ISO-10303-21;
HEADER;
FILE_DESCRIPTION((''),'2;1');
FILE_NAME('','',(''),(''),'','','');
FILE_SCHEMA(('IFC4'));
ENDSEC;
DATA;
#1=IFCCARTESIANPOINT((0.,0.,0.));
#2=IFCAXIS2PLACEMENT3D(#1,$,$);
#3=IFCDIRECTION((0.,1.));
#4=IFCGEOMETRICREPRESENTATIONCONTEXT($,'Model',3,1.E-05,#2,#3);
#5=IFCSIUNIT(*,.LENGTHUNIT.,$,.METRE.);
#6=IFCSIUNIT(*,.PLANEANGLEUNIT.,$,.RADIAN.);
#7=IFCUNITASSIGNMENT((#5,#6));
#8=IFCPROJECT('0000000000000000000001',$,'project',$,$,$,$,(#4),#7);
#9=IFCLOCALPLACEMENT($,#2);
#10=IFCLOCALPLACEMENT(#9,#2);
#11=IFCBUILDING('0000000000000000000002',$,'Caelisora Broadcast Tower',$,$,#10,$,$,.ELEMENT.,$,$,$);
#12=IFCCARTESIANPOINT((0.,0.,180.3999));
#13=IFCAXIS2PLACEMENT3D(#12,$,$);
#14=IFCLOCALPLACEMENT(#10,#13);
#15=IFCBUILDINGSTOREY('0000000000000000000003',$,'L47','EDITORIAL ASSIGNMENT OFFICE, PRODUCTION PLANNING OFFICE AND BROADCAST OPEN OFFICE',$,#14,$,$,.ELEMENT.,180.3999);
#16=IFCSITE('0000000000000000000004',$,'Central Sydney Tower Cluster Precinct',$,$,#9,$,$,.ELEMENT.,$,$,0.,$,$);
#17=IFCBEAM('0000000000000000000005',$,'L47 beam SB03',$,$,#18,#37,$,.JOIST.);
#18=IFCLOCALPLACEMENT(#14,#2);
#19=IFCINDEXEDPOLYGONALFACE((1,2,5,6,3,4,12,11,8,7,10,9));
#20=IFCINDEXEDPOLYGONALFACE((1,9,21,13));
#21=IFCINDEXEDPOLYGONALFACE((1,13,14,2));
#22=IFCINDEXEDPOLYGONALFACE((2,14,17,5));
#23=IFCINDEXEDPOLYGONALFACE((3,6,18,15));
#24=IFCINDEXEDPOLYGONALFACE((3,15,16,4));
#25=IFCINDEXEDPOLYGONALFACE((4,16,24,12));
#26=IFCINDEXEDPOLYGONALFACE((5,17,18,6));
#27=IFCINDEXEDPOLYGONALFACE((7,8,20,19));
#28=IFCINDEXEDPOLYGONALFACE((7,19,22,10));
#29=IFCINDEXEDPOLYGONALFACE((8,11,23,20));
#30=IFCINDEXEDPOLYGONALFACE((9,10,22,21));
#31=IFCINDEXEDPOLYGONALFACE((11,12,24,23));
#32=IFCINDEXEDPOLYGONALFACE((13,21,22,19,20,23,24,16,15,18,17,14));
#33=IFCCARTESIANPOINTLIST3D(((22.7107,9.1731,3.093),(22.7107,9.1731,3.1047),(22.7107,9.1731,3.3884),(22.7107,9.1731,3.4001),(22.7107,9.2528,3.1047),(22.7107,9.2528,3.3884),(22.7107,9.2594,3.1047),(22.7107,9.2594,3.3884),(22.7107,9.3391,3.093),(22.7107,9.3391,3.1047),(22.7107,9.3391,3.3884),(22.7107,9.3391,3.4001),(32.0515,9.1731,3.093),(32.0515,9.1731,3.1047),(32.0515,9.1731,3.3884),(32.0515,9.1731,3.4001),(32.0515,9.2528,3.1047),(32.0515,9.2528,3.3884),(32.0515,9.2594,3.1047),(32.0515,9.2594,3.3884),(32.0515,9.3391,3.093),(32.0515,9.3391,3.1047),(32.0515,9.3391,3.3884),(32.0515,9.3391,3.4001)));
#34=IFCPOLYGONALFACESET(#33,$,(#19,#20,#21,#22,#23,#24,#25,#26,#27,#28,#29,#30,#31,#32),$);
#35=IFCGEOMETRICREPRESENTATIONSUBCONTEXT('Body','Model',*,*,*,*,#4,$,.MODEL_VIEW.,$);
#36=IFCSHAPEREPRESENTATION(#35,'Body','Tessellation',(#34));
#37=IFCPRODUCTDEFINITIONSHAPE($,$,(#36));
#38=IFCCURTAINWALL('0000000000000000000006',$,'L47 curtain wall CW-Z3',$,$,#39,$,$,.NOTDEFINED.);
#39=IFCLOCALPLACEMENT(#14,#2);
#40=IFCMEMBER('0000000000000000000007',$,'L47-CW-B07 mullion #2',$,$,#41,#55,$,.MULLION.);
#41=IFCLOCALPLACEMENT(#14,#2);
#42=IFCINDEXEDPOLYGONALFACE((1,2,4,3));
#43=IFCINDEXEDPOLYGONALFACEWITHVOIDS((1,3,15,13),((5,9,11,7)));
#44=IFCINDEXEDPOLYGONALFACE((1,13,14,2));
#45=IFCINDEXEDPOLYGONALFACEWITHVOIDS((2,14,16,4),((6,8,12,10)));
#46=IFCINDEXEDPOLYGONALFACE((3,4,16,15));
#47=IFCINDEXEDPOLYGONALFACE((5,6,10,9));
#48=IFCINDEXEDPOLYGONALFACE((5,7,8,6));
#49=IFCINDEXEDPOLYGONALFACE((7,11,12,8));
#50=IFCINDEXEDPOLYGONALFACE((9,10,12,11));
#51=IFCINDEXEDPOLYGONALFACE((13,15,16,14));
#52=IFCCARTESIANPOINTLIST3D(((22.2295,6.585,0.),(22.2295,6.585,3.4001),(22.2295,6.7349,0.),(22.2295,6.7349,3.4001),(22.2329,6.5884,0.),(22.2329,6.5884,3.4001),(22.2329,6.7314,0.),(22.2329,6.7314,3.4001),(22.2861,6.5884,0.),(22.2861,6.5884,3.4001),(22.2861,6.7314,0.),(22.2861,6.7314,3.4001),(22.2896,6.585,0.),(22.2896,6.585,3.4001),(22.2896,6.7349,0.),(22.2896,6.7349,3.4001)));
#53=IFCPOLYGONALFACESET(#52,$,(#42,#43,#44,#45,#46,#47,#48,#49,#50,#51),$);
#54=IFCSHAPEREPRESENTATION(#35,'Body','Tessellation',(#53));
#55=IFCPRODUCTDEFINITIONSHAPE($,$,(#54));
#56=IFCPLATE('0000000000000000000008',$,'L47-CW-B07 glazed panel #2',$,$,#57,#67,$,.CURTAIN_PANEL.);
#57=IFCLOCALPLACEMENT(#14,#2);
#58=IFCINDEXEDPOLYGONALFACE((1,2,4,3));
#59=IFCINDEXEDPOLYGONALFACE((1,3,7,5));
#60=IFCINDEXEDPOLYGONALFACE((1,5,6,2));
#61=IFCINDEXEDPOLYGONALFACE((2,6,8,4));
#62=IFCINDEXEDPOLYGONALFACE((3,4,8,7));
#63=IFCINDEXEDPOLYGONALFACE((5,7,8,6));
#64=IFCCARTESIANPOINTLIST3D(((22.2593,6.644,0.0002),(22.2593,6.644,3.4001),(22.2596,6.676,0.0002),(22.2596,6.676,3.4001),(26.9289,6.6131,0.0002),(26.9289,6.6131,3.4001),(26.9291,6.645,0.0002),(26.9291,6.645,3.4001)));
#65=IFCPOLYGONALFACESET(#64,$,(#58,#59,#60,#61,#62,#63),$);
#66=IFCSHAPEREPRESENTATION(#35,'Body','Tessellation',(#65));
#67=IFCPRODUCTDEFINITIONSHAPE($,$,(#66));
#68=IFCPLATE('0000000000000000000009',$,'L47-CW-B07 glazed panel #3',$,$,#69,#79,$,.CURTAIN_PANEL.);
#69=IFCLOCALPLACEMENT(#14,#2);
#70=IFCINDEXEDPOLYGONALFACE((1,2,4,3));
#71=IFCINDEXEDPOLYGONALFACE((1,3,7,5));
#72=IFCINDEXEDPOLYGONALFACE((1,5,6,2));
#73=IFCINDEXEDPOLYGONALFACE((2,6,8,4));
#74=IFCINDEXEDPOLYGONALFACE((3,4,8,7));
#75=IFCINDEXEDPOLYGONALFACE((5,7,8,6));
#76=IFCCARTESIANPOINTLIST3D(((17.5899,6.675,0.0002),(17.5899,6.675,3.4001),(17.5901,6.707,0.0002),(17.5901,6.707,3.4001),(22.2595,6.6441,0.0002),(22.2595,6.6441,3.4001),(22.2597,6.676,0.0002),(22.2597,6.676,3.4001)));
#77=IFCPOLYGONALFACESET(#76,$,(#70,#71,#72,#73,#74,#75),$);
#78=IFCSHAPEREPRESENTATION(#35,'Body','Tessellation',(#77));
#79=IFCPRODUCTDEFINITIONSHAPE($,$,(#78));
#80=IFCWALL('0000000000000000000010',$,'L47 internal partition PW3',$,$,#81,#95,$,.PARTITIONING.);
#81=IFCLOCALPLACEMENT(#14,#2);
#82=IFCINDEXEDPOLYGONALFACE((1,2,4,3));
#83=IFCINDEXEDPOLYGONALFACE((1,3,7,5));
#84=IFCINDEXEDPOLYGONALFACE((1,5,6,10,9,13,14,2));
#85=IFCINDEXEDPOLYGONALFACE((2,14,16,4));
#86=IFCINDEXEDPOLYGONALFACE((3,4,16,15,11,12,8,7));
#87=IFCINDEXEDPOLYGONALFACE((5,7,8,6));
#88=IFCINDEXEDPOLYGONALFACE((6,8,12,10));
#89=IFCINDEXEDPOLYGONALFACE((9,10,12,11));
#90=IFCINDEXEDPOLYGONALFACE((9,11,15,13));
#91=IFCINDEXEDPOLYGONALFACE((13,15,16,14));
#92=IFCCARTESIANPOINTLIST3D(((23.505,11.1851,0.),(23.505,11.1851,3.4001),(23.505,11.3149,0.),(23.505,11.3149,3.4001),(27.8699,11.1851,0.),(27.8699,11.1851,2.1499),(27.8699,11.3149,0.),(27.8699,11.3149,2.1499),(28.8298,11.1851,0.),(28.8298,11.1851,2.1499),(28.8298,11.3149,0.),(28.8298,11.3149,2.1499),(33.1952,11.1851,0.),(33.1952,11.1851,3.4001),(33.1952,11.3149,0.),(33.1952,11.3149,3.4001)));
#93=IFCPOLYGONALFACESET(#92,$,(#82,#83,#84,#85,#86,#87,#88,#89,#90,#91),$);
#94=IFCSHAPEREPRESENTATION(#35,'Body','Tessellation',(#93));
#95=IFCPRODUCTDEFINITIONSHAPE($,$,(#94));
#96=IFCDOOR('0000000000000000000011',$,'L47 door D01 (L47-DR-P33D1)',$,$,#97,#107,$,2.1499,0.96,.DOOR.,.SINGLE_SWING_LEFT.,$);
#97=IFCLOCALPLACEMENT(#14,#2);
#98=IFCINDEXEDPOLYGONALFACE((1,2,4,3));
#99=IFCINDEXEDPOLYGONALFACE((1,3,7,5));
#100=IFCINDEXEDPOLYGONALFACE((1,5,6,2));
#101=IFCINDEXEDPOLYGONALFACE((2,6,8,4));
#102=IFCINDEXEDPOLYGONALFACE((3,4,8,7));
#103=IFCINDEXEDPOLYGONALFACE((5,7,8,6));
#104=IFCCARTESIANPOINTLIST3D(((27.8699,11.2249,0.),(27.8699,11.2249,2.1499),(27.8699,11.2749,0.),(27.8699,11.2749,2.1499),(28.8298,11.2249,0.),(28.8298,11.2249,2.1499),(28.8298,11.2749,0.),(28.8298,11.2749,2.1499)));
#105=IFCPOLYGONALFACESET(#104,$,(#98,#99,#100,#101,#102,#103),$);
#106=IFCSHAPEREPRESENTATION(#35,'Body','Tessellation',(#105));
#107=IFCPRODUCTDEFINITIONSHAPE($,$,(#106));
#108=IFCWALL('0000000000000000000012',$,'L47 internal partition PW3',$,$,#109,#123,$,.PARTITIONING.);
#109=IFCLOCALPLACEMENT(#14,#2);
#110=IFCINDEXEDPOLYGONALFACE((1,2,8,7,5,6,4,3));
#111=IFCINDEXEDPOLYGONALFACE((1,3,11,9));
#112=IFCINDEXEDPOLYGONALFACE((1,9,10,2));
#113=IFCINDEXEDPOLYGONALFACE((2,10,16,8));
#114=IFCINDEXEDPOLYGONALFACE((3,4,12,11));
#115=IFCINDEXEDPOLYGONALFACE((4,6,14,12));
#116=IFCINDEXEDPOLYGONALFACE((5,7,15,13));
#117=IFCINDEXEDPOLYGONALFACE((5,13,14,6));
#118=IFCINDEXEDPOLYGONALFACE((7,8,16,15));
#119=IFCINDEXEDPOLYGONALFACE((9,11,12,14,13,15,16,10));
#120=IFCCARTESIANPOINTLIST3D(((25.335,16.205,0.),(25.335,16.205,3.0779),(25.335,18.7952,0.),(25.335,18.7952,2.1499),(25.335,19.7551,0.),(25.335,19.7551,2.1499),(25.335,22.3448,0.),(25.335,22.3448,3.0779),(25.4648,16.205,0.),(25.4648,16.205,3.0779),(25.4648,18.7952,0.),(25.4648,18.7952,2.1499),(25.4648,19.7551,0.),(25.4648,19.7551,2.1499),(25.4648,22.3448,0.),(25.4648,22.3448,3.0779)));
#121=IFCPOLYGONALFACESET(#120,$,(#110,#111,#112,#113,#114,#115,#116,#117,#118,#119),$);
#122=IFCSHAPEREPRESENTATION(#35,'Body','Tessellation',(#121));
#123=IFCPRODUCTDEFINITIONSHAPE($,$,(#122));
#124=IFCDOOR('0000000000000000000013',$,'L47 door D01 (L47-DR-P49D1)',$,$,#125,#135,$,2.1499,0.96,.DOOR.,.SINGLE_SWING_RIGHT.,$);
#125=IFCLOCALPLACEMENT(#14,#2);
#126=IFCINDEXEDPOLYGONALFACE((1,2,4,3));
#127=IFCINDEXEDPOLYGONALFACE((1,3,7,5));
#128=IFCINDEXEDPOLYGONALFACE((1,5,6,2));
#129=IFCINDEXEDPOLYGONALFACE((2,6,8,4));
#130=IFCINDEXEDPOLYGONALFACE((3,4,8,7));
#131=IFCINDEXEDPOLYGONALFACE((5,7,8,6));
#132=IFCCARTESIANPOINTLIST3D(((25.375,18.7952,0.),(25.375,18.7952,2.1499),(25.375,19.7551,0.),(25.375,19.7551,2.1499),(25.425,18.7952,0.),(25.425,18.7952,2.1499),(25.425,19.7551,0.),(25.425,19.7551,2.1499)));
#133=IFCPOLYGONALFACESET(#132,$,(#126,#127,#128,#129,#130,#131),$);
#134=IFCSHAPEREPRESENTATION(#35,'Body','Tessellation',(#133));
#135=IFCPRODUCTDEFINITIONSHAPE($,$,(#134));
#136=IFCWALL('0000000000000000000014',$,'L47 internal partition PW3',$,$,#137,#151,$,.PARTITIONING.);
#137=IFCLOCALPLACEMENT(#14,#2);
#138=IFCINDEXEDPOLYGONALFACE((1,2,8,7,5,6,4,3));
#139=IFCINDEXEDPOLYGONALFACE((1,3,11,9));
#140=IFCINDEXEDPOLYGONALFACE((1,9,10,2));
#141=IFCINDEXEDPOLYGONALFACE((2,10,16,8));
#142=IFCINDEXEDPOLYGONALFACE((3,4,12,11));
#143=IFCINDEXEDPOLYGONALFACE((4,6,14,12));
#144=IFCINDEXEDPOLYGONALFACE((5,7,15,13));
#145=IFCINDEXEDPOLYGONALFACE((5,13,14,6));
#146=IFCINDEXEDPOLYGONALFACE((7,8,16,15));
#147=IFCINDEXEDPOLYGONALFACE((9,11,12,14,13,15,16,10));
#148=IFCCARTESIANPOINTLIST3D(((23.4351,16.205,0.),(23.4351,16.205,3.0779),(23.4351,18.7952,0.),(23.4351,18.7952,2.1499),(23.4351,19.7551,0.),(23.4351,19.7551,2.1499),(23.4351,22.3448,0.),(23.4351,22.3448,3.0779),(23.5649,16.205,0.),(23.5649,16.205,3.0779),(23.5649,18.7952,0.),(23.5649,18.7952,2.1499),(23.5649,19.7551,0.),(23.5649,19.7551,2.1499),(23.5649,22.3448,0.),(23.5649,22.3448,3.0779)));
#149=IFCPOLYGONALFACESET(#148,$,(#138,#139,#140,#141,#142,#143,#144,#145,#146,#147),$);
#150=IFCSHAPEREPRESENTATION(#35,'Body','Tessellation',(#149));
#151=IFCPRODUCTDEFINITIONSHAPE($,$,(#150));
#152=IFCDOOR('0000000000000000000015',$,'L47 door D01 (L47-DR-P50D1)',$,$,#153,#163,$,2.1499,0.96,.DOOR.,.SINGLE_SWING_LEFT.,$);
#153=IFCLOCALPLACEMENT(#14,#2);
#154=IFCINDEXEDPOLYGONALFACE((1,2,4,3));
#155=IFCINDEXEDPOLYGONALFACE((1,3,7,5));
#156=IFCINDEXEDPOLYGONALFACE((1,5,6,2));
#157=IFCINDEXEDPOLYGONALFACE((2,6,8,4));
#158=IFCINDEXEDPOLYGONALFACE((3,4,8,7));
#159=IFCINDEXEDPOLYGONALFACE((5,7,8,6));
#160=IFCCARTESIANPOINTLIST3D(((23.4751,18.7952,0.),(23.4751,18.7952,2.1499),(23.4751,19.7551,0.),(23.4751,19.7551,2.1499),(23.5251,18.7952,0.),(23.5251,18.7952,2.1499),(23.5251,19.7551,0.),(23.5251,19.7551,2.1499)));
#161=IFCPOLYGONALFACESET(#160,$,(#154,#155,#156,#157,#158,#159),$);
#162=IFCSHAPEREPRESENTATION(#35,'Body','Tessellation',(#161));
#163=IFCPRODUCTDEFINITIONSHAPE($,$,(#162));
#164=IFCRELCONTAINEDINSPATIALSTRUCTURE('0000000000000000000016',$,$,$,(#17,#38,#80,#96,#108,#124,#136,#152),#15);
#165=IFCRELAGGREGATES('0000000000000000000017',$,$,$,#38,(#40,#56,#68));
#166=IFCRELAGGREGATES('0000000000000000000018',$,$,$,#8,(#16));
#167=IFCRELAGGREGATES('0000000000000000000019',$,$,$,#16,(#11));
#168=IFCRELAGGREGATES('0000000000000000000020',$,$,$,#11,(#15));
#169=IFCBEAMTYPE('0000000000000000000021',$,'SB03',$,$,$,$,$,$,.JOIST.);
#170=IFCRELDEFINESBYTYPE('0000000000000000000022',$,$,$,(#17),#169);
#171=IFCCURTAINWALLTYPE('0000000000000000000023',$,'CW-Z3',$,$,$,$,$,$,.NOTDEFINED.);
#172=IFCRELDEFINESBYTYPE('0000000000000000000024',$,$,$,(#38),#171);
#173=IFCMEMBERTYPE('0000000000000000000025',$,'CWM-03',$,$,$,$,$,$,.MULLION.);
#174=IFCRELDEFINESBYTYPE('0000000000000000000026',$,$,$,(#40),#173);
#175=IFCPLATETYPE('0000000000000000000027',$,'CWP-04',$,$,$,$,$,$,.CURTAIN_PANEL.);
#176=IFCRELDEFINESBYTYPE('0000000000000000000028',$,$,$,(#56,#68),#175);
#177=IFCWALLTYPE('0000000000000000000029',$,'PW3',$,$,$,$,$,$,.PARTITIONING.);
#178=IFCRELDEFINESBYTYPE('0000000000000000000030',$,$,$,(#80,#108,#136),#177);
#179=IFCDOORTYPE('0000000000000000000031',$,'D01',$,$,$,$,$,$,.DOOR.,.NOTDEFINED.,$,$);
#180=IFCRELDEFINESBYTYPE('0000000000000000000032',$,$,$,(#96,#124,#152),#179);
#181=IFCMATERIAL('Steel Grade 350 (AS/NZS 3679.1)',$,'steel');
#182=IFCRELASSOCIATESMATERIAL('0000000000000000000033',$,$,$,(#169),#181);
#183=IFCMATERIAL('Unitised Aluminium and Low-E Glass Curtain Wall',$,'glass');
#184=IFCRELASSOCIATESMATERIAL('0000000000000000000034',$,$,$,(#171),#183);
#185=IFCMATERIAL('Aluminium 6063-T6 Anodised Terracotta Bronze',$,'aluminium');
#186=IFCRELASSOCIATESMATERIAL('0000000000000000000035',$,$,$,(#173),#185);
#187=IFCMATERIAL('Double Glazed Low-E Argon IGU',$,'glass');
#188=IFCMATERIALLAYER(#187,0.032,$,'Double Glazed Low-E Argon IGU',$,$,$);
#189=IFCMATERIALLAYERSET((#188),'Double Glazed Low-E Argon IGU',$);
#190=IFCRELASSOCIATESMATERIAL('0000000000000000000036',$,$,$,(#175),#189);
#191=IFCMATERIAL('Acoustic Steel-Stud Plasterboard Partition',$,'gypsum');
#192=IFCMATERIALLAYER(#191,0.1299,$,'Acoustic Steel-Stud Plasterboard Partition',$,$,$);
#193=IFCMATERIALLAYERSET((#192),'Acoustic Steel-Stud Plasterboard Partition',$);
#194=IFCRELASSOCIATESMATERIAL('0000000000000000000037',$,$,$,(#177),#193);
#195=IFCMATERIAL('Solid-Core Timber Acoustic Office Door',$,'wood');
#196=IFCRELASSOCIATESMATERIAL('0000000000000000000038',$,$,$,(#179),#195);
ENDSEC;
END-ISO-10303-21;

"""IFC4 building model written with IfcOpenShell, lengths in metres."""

from ifc_helpers import new_model, si_unit, direction, frame, frame_2d, origin, origin_2d, place, context, subcontext, project, spatial, rectangle, hollow_rectangle, i_section, extrude, source, transform, mapped, material, layer, layer_set, material_profile, profile_set, type_object, type_shapes, element, fill, aggregate, save


model = new_model("IFC4")

# Units and contexts
model_context = context("Model", 3, precision=1e-05, world=origin(), true_north=direction((0.0, 1.0)))
body_context = subcontext(model_context, "Body", "Model", "MODEL_VIEW")
ifc_project = project(units=[si_unit("LENGTHUNIT", "METRE"), si_unit("PLANEANGLEUNIT", "RADIAN")], contexts=[model_context])

# Site, building, storey
site_placement = place(None, origin())
site = spatial("IfcSite", under=ifc_project, at=site_placement, Name="Central Sydney Tower Cluster Precinct", CompositionType="ELEMENT", RefElevation=0.0)
building_placement = place(site_placement, origin())
building = spatial("IfcBuilding", under=site, at=building_placement, Name="Caelisora Broadcast Tower", CompositionType="ELEMENT")
storey_placement = place(building_placement, frame((0.0, 0.0, 180.3999)))
storey = spatial("IfcBuildingStorey", under=building, at=storey_placement, Name="L47", Description="EDITORIAL ASSIGNMENT OFFICE, PRODUCTION PLANNING OFFICE AND BROADCAST OPEN OFFICE", CompositionType="ELEMENT", Elevation=180.3999)

# Beam
ifc_material_1 = material(Name="Steel Grade 350 (AS/NZS 3679.1)", Category="steel")
ifc_material_profile_1 = material_profile(ifc_material_1, i_section(OverallWidth=0.166, OverallDepth=0.3071, WebThickness=0.0066, FlangeThickness=0.0117, at=origin_2d()), Name="Steel Grade 350 (AS/NZS 3679.1)")
ifc_profile_set_1 = profile_set([ifc_material_profile_1], Name="Steel Grade 350 (AS/NZS 3679.1)")
beam_type_1 = type_object("IfcBeamType", Name="SB03", PredefinedType="JOIST", material=ifc_profile_set_1)
shared_shape_1 = source(origin(), body_context, "Body", "SweptSolid", [
    extrude(i_section(OverallWidth=0.166, OverallDepth=0.3071, WebThickness=0.0066, FlangeThickness=0.0117, at=origin_2d()), origin(), (0.0, 0.0, 1.0), 9.3408),
])
beam_1_placement = place(storey_placement, frame((22.7107, 9.2561, 3.2466), z_axis=(1.0, 0.0, 0.0), x_axis=(0.0, 1.0, 0.0)))
element("IfcBeam", 1, at=beam_1_placement, inside=storey, type_object=beam_type_1, Name="L47 beam SB03", PredefinedType="JOIST", context=body_context, shape_type="MappedRepresentation", body=[
    mapped(shared_shape_1, transform((0.0, 0.0, 0.0), scale=1.0)),
])

# Curtain wall, member, plates
ifc_material_2 = material(Name="Unitised Aluminium and Low-E Glass Curtain Wall", Category="glass")
curtain_wall_type = type_object("IfcCurtainWallType", Name="CW-Z3", PredefinedType="NOTDEFINED", material=ifc_material_2)
curtain_wall_placement = place(storey_placement, origin())
curtain_wall = element("IfcCurtainWall", 2, at=curtain_wall_placement, inside=storey, type_object=curtain_wall_type, Name="L47 curtain wall CW-Z3", PredefinedType="NOTDEFINED")
ifc_material_3 = material(Name="Aluminium 6063-T6 Anodised Terracotta Bronze", Category="aluminium")
ifc_material_profile_2 = material_profile(ifc_material_3, hollow_rectangle(XDim=0.0601, YDim=0.1499, WallThickness=0.0034, at=origin_2d()), Name="Aluminium 6063-T6 Anodised Terracotta Bronze")
ifc_profile_set_2 = profile_set([ifc_material_profile_2], Name="Aluminium 6063-T6 Anodised Terracotta Bronze")
member_type = type_object("IfcMemberType", Name="CWM-03", PredefinedType="MULLION", material=ifc_profile_set_2)
shared_shape_2 = source(origin(), body_context, "Body", "SweptSolid", [
    extrude(hollow_rectangle(XDim=0.0601, YDim=0.1499, WallThickness=0.0034, at=origin_2d()), origin(), (0.0, 0.0, 1.0), 3.4001),
])
type_shapes(member_type, [shared_shape_2])
member_placement = place(storey_placement, frame((22.2595, 6.6599, 0.0), z_axis=(0.0, 0.0, 1.0), x_axis=(1.0, 0.0, 0.0)))
member = element("IfcMember", 3, at=member_placement, type_object=member_type, Name="L47-CW-B07 mullion #2", PredefinedType="MULLION", context=body_context, shape_type="MappedRepresentation", body=[
    mapped(shared_shape_2, transform((0.0, 0.0, 0.0), scale=1.0)),
])
ifc_material_4 = material(Name="Double Glazed Low-E Argon IGU", Category="glass")
ifc_layer_1 = layer(ifc_material_4, 0.032, Name="Double Glazed Low-E Argon IGU")
ifc_layer_set_1 = layer_set([ifc_layer_1], Name="Double Glazed Low-E Argon IGU")
plate_type = type_object("IfcPlateType", Name="CWP-04", PredefinedType="CURTAIN_PANEL", material=ifc_layer_set_1)
shared_shape_3 = source(origin(), body_context, "Body", "SweptSolid", [
    extrude(rectangle(XDim=4.6697, YDim=0.032, at=origin_2d()), origin(), (0.0, 0.0, 1.0), 3.3999),
])
type_shapes(plate_type, [shared_shape_3])
plate_1_placement = place(storey_placement, frame((24.5942, 6.6445, 0.0002), z_axis=(0.0, 0.0, 1.0), x_axis=(-0.999978, 0.006632, 0.0)))
plate_1 = element("IfcPlate", 4, at=plate_1_placement, type_object=plate_type, Name="L47-CW-B07 glazed panel #2", PredefinedType="CURTAIN_PANEL", context=body_context, shape_type="MappedRepresentation", body=[
    mapped(shared_shape_3, transform((0.0, 0.0, 0.0), scale=1.0)),
])
plate_2_placement = place(storey_placement, frame((19.9248, 6.6755, 0.0002), z_axis=(0.0, 0.0, 1.0), x_axis=(-0.999978, 0.006632, 0.0)))
plate_2 = element("IfcPlate", 5, at=plate_2_placement, type_object=plate_type, Name="L47-CW-B07 glazed panel #3", PredefinedType="CURTAIN_PANEL", context=body_context, shape_type="MappedRepresentation", body=[
    mapped(shared_shape_3, transform((0.0, 0.0, 0.0), scale=1.0)),
])
aggregate(curtain_wall, [member, plate_1, plate_2])

# Walls, openings, doors
ifc_material_5 = material(Name="Acoustic Steel-Stud Plasterboard Partition", Category="gypsum")
ifc_layer_2 = layer(ifc_material_5, 0.1299, Name="Acoustic Steel-Stud Plasterboard Partition")
ifc_layer_set_2 = layer_set([ifc_layer_2], Name="Acoustic Steel-Stud Plasterboard Partition")
wall_type = type_object("IfcWallType", Name="PW3", PredefinedType="PARTITIONING", material=ifc_layer_set_2)
wall_1_placement = place(storey_placement, frame((23.5049, 11.25, 0.0), z_axis=(0.0, 0.0, 1.0), x_axis=(1.0, 0.0, 0.0)))
wall_1 = element("IfcWall", 6, at=wall_1_placement, inside=storey, type_object=wall_type, Name="L47 internal partition PW3", PredefinedType="PARTITIONING", context=body_context, shape_type="SweptSolid", body=[
    extrude(rectangle(XDim=9.6902, YDim=0.1299, at=frame_2d((4.8452, 0.0))), origin(), (0.0, 0.0, 1.0), 3.4001),
])
opening_1_placement = place(wall_1_placement, frame((4.365, 0.0, 0.0)))
opening_1 = element("IfcOpeningElement", 7, at=opening_1_placement, cuts=wall_1, PredefinedType="OPENING", context=body_context, shape_type="SweptSolid", body=[
    extrude(rectangle(XDim=0.96, YDim=2.1499, at=frame_2d((0.48, 1.075))), frame((0.0, 0.0769, 0.0), z_axis=(0.0, -1.0, 0.0), x_axis=(1.0, 0.0, 0.0)), (0.0, 0.0, 1.0), 0.1538),
])
ifc_material_6 = material(Name="Solid-Core Timber Acoustic Office Door", Category="wood")
door_type = type_object("IfcDoorType", Name="D01", OperationType="NOTDEFINED", PredefinedType="DOOR", material=ifc_material_6)
door_1_placement = place(opening_1_placement, origin())
door_1 = element("IfcDoor", 8, at=door_1_placement, inside=storey, type_object=door_type, Name="L47 door D01 (L47-DR-P33D1)", OperationType="SINGLE_SWING_LEFT", OverallHeight=2.1499, OverallWidth=0.96, PredefinedType="DOOR", context=body_context, shape_type="SweptSolid", body=[
    extrude(rectangle(XDim=0.96, YDim=2.1499, at=frame_2d((0.48, 1.075))), frame((0.0, 0.0249, 0.0), z_axis=(0.0, -1.0, 0.0), x_axis=(1.0, 0.0, 0.0)), (0.0, 0.0, 1.0), 0.05),
])
fill(opening_1, door_1)
wall_2_placement = place(storey_placement, frame((25.3999, 16.2051, 0.0), z_axis=(0.0, 0.0, 1.0), x_axis=(0.0, 1.0, 0.0)))
wall_2 = element("IfcWall", 9, at=wall_2_placement, inside=storey, type_object=wall_type, Name="L47 internal partition PW3", PredefinedType="PARTITIONING", context=body_context, shape_type="SweptSolid", body=[
    extrude(rectangle(XDim=6.1399, YDim=0.1299, at=frame_2d((3.0698, 0.0))), origin(), (0.0, 0.0, 1.0), 3.0779),
])
opening_2_placement = place(wall_2_placement, frame((2.5901, 0.0, 0.0)))
opening_2 = element("IfcOpeningElement", 10, at=opening_2_placement, cuts=wall_2, PredefinedType="OPENING", context=body_context, shape_type="SweptSolid", body=[
    extrude(rectangle(XDim=0.96, YDim=2.1499, at=frame_2d((0.48, 1.075))), frame((0.0, 0.0769, 0.0), z_axis=(0.0, -1.0, 0.0), x_axis=(1.0, 0.0, 0.0)), (0.0, 0.0, 1.0), 0.1538),
])
door_2_placement = place(opening_2_placement, origin())
door_2 = element("IfcDoor", 11, at=door_2_placement, inside=storey, type_object=door_type, Name="L47 door D01 (L47-DR-P49D1)", OperationType="SINGLE_SWING_RIGHT", OverallHeight=2.1499, OverallWidth=0.96, PredefinedType="DOOR", context=body_context, shape_type="SweptSolid", body=[
    extrude(rectangle(XDim=0.96, YDim=2.1499, at=frame_2d((0.48, 1.075))), frame((0.0, 0.0249, 0.0), z_axis=(0.0, -1.0, 0.0), x_axis=(1.0, 0.0, 0.0)), (0.0, 0.0, 1.0), 0.05),
])
fill(opening_2, door_2)
wall_3_placement = place(storey_placement, frame((23.5, 16.2051, 0.0), z_axis=(0.0, 0.0, 1.0), x_axis=(0.0, 1.0, 0.0)))
wall_3 = element("IfcWall", 12, at=wall_3_placement, inside=storey, type_object=wall_type, Name="L47 internal partition PW3", PredefinedType="PARTITIONING", context=body_context, shape_type="SweptSolid", body=[
    extrude(rectangle(XDim=6.1399, YDim=0.1299, at=frame_2d((3.0698, 0.0))), origin(), (0.0, 0.0, 1.0), 3.0779),
])
opening_3_placement = place(wall_3_placement, frame((2.5901, 0.0, 0.0)))
opening_3 = element("IfcOpeningElement", 13, at=opening_3_placement, cuts=wall_3, PredefinedType="OPENING", context=body_context, shape_type="SweptSolid", body=[
    extrude(rectangle(XDim=0.96, YDim=2.1499, at=frame_2d((0.48, 1.075))), frame((0.0, 0.0769, 0.0), z_axis=(0.0, -1.0, 0.0), x_axis=(1.0, 0.0, 0.0)), (0.0, 0.0, 1.0), 0.1538),
])
door_3_placement = place(opening_3_placement, origin())
door_3 = element("IfcDoor", 14, at=door_3_placement, inside=storey, type_object=door_type, Name="L47 door D01 (L47-DR-P50D1)", OperationType="SINGLE_SWING_LEFT", OverallHeight=2.1499, OverallWidth=0.96, PredefinedType="DOOR", context=body_context, shape_type="SweptSolid", body=[
    extrude(rectangle(XDim=0.96, YDim=2.1499, at=frame_2d((0.48, 1.075))), frame((0.0, 0.0249, 0.0), z_axis=(0.0, -1.0, 0.0), x_axis=(1.0, 0.0, 0.0)), (0.0, 0.0, 1.0), 0.05),
])
fill(opening_3, door_3)

save(model, "model.ifc")
